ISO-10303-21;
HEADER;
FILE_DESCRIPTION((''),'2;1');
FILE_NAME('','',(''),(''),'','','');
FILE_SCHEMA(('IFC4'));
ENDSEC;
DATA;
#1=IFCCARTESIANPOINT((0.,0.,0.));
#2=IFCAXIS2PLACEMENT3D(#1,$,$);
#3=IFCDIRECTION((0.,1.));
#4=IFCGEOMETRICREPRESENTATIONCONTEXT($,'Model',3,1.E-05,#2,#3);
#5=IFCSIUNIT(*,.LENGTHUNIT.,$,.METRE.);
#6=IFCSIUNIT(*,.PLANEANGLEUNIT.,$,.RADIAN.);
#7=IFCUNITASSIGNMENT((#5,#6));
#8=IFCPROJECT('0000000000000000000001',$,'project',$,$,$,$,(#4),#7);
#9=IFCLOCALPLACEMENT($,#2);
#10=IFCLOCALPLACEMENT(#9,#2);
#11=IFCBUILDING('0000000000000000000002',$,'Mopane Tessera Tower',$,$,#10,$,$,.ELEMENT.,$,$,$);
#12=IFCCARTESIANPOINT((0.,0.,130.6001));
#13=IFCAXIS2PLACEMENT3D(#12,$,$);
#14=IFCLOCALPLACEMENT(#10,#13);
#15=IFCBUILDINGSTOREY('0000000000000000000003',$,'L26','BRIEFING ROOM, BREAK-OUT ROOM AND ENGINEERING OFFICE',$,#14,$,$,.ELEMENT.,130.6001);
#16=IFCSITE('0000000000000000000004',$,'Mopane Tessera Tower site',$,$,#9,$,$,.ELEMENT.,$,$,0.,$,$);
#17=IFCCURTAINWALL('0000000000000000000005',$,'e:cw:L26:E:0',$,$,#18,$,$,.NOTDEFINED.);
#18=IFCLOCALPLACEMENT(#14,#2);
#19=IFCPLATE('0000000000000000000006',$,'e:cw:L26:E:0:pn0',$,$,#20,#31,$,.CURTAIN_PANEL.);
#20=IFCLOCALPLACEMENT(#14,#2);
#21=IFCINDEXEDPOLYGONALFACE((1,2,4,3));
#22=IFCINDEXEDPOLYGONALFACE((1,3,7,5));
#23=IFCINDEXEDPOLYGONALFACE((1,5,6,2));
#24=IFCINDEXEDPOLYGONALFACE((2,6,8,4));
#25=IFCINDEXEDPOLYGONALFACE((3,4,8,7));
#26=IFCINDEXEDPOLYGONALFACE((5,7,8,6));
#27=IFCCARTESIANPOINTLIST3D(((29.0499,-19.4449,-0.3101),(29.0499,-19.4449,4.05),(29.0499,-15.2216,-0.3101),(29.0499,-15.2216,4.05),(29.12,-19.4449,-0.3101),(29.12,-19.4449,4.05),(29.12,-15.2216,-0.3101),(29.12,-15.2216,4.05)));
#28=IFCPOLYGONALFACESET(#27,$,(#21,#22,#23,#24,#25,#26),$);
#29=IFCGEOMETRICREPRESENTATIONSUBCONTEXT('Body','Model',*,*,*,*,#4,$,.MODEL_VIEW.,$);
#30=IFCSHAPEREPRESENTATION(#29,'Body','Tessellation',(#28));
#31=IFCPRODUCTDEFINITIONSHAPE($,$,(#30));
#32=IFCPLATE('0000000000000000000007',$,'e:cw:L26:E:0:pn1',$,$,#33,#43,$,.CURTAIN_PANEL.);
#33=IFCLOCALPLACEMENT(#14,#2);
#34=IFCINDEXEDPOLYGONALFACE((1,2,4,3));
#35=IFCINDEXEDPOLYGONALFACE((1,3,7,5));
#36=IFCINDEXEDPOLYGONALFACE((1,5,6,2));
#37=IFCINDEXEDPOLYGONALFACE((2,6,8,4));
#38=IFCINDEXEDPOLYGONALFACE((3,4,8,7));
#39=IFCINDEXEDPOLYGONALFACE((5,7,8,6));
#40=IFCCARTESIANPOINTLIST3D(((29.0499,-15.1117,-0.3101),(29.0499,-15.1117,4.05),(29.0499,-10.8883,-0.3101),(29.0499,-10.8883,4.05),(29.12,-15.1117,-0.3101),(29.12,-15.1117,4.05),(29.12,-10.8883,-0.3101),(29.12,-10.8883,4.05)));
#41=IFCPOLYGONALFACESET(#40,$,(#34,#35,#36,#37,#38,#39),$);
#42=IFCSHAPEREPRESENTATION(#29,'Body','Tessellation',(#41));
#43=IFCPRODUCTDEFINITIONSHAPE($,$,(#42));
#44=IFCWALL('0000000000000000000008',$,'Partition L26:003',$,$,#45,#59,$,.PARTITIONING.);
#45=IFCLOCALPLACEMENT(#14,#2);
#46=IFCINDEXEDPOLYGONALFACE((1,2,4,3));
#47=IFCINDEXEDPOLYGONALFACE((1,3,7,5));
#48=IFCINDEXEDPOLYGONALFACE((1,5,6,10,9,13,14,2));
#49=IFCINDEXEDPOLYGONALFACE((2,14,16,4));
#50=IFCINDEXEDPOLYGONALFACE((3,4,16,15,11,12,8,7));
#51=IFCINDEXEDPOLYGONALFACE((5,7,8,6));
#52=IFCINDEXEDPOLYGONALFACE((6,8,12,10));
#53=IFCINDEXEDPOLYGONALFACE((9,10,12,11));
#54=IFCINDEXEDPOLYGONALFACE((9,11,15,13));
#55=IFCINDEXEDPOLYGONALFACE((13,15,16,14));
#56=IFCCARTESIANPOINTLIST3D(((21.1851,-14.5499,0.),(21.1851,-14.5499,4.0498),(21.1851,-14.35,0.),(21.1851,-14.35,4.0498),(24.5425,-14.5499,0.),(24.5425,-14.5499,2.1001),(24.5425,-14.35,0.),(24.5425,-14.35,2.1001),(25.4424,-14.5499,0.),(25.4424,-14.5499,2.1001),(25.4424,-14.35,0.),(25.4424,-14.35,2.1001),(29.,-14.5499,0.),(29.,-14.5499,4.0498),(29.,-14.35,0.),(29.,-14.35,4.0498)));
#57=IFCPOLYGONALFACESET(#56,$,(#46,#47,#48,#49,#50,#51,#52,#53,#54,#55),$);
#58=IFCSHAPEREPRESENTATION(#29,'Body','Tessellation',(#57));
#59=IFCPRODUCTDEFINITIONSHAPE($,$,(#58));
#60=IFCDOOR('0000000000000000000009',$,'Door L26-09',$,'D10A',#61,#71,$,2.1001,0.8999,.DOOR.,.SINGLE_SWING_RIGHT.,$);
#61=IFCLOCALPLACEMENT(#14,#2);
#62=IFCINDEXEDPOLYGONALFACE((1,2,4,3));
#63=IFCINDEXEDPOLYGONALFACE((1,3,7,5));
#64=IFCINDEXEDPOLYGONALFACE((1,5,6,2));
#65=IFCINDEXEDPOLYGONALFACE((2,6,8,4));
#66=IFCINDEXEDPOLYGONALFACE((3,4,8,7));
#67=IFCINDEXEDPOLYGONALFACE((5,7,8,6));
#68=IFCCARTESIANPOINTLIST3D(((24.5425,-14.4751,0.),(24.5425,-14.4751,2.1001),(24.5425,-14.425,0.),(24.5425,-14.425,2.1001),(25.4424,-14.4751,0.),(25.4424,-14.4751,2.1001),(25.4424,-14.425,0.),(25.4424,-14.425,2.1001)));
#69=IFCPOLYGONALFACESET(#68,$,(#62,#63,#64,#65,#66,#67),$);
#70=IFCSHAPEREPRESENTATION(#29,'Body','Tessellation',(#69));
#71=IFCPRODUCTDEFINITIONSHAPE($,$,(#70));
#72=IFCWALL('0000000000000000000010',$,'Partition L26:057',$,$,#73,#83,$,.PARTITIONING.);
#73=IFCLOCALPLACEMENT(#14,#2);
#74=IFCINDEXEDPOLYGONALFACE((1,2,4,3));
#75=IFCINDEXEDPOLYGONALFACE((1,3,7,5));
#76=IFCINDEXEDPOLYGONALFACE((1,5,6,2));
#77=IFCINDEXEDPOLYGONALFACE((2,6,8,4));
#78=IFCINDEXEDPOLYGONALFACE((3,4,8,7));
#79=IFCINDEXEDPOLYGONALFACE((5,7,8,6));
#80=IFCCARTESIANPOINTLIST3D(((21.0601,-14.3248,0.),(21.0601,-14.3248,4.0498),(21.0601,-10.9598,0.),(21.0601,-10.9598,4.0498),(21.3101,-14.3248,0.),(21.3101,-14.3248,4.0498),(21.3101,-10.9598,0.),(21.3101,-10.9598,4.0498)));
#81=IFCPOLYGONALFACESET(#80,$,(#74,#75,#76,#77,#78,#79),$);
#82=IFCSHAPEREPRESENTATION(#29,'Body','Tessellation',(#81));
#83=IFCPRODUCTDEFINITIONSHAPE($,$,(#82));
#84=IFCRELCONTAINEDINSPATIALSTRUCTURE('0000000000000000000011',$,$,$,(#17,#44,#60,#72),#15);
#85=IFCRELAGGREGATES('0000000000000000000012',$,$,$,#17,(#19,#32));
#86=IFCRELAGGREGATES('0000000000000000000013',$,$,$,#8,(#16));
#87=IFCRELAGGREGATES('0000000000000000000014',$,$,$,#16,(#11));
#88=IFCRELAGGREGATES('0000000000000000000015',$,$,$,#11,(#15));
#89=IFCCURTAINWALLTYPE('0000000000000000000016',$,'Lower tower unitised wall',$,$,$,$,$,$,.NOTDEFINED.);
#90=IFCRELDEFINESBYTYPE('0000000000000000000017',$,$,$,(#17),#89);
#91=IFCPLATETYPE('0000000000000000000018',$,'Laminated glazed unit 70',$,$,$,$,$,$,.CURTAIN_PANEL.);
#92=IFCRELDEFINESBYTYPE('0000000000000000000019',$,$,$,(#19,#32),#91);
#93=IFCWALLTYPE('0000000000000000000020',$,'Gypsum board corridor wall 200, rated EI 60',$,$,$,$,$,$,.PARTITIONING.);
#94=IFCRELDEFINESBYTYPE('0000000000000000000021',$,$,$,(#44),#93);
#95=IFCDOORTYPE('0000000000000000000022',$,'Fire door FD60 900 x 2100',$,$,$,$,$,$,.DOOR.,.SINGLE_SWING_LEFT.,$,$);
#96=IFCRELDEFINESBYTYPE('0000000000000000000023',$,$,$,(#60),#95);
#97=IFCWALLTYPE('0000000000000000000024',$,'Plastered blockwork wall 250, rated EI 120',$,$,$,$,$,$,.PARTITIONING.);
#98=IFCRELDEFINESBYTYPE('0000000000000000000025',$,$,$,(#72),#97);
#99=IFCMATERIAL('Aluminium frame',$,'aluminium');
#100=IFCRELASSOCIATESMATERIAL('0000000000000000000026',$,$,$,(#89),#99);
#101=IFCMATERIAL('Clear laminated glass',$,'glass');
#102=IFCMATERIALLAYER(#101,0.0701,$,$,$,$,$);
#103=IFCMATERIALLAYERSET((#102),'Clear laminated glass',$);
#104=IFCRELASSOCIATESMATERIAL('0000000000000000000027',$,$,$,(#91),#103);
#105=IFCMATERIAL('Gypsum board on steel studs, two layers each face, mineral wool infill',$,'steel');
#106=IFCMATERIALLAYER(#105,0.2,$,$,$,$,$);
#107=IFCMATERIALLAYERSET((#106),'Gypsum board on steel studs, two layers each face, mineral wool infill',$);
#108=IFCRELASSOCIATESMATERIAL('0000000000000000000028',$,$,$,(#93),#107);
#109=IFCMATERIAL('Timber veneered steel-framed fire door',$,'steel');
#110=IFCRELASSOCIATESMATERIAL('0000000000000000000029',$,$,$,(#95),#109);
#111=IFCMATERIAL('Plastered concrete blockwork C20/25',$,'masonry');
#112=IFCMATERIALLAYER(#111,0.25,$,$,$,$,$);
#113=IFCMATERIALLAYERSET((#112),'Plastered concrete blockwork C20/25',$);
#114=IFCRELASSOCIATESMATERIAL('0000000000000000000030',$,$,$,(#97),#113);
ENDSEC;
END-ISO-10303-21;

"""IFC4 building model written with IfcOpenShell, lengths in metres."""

from ifc_helpers import new_model, si_unit, direction, frame, frame_2d, origin, origin_2d, place, context, subcontext, project, spatial, rectangle, extrude, material, layer, layer_set, type_object, element, fill, aggregate, save


model = new_model("IFC4")

# Units and contexts
model_context = context("Model", 3, precision=1e-05, world=origin(), true_north=direction((0.0, 1.0)))
body_context = subcontext(model_context, "Body", "Model", "MODEL_VIEW")
ifc_project = project(units=[si_unit("LENGTHUNIT", "METRE"), si_unit("PLANEANGLEUNIT", "RADIAN")], contexts=[model_context])

# Site, building, storey
site_placement = place(None, origin())
site = spatial("IfcSite", under=ifc_project, at=site_placement, Name="Mopane Tessera Tower site", CompositionType="ELEMENT", RefElevation=0.0)
building_placement = place(site_placement, origin())
building = spatial("IfcBuilding", under=site, at=building_placement, Name="Mopane Tessera Tower", CompositionType="ELEMENT")
storey_placement = place(building_placement, frame((0.0, 0.0, 130.6001)))
storey = spatial("IfcBuildingStorey", under=building, at=storey_placement, Name="L26", Description="BRIEFING ROOM, BREAK-OUT ROOM AND ENGINEERING OFFICE", CompositionType="ELEMENT", Elevation=130.6001)

# Curtain wall
ifc_material_1 = material(Name="Aluminium frame", Category="aluminium")
curtain_wall_type = type_object("IfcCurtainWallType", Name="Lower tower unitised wall", PredefinedType="NOTDEFINED", material=ifc_material_1)
curtain_wall_1_placement = place(storey_placement, origin())
curtain_wall_1 = element("IfcCurtainWall", 1, at=curtain_wall_1_placement, inside=storey, type_object=curtain_wall_type, Name="e:cw:L26:E:0", PredefinedType="NOTDEFINED")

# Plates
ifc_material_2 = material(Name="Clear laminated glass", Category="glass")
ifc_layer_1 = layer(ifc_material_2, 0.0701)
ifc_layer_set_1 = layer_set([ifc_layer_1], Name="Clear laminated glass")
plate_type = type_object("IfcPlateType", Name="Laminated glazed unit 70", PredefinedType="CURTAIN_PANEL", material=ifc_layer_set_1)
plate_1_placement = place(storey_placement, frame((29.085, -17.3333, -0.3101), z_axis=(0.0, 0.0, 1.0), x_axis=(0.0, 1.0, 0.0)))
plate_1 = element("IfcPlate", 2, at=plate_1_placement, type_object=plate_type, Name="e:cw:L26:E:0:pn0", PredefinedType="CURTAIN_PANEL", context=body_context, shape_type="SweptSolid", body=[
    extrude(rectangle(XDim=4.2234, YDim=0.0701, at=origin_2d()), origin(), (0.0, 0.0, 1.0), 4.3601),
])
plate_2_placement = place(storey_placement, frame((29.085, -13.0, -0.3101), z_axis=(0.0, 0.0, 1.0), x_axis=(0.0, 1.0, 0.0)))
plate_2 = element("IfcPlate", 3, at=plate_2_placement, type_object=plate_type, Name="e:cw:L26:E:0:pn1", PredefinedType="CURTAIN_PANEL", context=body_context, shape_type="SweptSolid", body=[
    extrude(rectangle(XDim=4.2234, YDim=0.0701, at=origin_2d()), origin(), (0.0, 0.0, 1.0), 4.3601),
])
aggregate(curtain_wall_1, [plate_1, plate_2])

# Wall, opening, door
ifc_material_3 = material(Name="Gypsum board on steel studs, two layers each face, mineral wool infill", Category="steel")
ifc_layer_2 = layer(ifc_material_3, 0.2)
ifc_layer_set_2 = layer_set([ifc_layer_2], Name="Gypsum board on steel studs, two layers each face, mineral wool infill")
wall_type_1 = type_object("IfcWallType", Name="Gypsum board corridor wall 200, rated EI 60", PredefinedType="PARTITIONING", material=ifc_layer_set_2)
wall_1_placement = place(storey_placement, frame((21.1851, -14.45, 0.0), z_axis=(0.0, 0.0, 1.0), x_axis=(1.0, 0.0, 0.0)))
wall_1 = element("IfcWall", 4, at=wall_1_placement, inside=storey, type_object=wall_type_1, Name="Partition L26:003", PredefinedType="PARTITIONING", context=body_context, shape_type="SweptSolid", body=[
    extrude(rectangle(XDim=7.8149, YDim=0.2, at=frame_2d((3.9075, 0.0))), origin(), (0.0, 0.0, 1.0), 4.0498),
])
opening_placement = place(wall_1_placement, frame((3.3574, 0.0, 0.0)))
opening = element("IfcOpeningElement", 5, at=opening_placement, cuts=wall_1, PredefinedType="OPENING", context=body_context, shape_type="SweptSolid", body=[
    extrude(rectangle(XDim=0.8999, YDim=2.1001, at=frame_2d((0.45, 1.05))), frame((0.0, 0.1121, 0.0), z_axis=(0.0, -1.0, 0.0), x_axis=(1.0, 0.0, 0.0)), (0.0, 0.0, 1.0), 0.2239),
])
ifc_material_4 = material(Name="Timber veneered steel-framed fire door", Category="steel")
door_type = type_object("IfcDoorType", Name="Fire door FD60 900 x 2100", OperationType="SINGLE_SWING_LEFT", PredefinedType="DOOR", material=ifc_material_4)
door_placement = place(opening_placement, origin())
door = element("IfcDoor", 6, at=door_placement, inside=storey, type_object=door_type, Name="Door L26-09", ObjectType="D10A", OperationType="SINGLE_SWING_RIGHT", OverallHeight=2.1001, OverallWidth=0.8999, PredefinedType="DOOR", context=body_context, shape_type="SweptSolid", body=[
    extrude(rectangle(XDim=0.8999, YDim=2.1001, at=frame_2d((0.45, 1.05))), frame((0.0, 0.0249, 0.0), z_axis=(0.0, -1.0, 0.0), x_axis=(1.0, 0.0, 0.0)), (0.0, 0.0, 1.0), 0.05),
])
fill(opening, door)

# Wall
ifc_material_5 = material(Name="Plastered concrete blockwork C20/25", Category="masonry")
ifc_layer_3 = layer(ifc_material_5, 0.25)
ifc_layer_set_3 = layer_set([ifc_layer_3], Name="Plastered concrete blockwork C20/25")
wall_type_2 = type_object("IfcWallType", Name="Plastered blockwork wall 250, rated EI 120", PredefinedType="PARTITIONING", material=ifc_layer_set_3)
wall_2_placement = place(storey_placement, frame((21.1851, -14.325, 0.0), z_axis=(0.0, 0.0, 1.0), x_axis=(0.0, 1.0, 0.0)))
element("IfcWall", 7, at=wall_2_placement, inside=storey, type_object=wall_type_2, Name="Partition L26:057", PredefinedType="PARTITIONING", context=body_context, shape_type="SweptSolid", body=[
    extrude(rectangle(XDim=3.365, YDim=0.25, at=frame_2d((1.6826, 0.0))), origin(), (0.0, 0.0, 1.0), 4.0498),
])

save(model, "model.ifc")
